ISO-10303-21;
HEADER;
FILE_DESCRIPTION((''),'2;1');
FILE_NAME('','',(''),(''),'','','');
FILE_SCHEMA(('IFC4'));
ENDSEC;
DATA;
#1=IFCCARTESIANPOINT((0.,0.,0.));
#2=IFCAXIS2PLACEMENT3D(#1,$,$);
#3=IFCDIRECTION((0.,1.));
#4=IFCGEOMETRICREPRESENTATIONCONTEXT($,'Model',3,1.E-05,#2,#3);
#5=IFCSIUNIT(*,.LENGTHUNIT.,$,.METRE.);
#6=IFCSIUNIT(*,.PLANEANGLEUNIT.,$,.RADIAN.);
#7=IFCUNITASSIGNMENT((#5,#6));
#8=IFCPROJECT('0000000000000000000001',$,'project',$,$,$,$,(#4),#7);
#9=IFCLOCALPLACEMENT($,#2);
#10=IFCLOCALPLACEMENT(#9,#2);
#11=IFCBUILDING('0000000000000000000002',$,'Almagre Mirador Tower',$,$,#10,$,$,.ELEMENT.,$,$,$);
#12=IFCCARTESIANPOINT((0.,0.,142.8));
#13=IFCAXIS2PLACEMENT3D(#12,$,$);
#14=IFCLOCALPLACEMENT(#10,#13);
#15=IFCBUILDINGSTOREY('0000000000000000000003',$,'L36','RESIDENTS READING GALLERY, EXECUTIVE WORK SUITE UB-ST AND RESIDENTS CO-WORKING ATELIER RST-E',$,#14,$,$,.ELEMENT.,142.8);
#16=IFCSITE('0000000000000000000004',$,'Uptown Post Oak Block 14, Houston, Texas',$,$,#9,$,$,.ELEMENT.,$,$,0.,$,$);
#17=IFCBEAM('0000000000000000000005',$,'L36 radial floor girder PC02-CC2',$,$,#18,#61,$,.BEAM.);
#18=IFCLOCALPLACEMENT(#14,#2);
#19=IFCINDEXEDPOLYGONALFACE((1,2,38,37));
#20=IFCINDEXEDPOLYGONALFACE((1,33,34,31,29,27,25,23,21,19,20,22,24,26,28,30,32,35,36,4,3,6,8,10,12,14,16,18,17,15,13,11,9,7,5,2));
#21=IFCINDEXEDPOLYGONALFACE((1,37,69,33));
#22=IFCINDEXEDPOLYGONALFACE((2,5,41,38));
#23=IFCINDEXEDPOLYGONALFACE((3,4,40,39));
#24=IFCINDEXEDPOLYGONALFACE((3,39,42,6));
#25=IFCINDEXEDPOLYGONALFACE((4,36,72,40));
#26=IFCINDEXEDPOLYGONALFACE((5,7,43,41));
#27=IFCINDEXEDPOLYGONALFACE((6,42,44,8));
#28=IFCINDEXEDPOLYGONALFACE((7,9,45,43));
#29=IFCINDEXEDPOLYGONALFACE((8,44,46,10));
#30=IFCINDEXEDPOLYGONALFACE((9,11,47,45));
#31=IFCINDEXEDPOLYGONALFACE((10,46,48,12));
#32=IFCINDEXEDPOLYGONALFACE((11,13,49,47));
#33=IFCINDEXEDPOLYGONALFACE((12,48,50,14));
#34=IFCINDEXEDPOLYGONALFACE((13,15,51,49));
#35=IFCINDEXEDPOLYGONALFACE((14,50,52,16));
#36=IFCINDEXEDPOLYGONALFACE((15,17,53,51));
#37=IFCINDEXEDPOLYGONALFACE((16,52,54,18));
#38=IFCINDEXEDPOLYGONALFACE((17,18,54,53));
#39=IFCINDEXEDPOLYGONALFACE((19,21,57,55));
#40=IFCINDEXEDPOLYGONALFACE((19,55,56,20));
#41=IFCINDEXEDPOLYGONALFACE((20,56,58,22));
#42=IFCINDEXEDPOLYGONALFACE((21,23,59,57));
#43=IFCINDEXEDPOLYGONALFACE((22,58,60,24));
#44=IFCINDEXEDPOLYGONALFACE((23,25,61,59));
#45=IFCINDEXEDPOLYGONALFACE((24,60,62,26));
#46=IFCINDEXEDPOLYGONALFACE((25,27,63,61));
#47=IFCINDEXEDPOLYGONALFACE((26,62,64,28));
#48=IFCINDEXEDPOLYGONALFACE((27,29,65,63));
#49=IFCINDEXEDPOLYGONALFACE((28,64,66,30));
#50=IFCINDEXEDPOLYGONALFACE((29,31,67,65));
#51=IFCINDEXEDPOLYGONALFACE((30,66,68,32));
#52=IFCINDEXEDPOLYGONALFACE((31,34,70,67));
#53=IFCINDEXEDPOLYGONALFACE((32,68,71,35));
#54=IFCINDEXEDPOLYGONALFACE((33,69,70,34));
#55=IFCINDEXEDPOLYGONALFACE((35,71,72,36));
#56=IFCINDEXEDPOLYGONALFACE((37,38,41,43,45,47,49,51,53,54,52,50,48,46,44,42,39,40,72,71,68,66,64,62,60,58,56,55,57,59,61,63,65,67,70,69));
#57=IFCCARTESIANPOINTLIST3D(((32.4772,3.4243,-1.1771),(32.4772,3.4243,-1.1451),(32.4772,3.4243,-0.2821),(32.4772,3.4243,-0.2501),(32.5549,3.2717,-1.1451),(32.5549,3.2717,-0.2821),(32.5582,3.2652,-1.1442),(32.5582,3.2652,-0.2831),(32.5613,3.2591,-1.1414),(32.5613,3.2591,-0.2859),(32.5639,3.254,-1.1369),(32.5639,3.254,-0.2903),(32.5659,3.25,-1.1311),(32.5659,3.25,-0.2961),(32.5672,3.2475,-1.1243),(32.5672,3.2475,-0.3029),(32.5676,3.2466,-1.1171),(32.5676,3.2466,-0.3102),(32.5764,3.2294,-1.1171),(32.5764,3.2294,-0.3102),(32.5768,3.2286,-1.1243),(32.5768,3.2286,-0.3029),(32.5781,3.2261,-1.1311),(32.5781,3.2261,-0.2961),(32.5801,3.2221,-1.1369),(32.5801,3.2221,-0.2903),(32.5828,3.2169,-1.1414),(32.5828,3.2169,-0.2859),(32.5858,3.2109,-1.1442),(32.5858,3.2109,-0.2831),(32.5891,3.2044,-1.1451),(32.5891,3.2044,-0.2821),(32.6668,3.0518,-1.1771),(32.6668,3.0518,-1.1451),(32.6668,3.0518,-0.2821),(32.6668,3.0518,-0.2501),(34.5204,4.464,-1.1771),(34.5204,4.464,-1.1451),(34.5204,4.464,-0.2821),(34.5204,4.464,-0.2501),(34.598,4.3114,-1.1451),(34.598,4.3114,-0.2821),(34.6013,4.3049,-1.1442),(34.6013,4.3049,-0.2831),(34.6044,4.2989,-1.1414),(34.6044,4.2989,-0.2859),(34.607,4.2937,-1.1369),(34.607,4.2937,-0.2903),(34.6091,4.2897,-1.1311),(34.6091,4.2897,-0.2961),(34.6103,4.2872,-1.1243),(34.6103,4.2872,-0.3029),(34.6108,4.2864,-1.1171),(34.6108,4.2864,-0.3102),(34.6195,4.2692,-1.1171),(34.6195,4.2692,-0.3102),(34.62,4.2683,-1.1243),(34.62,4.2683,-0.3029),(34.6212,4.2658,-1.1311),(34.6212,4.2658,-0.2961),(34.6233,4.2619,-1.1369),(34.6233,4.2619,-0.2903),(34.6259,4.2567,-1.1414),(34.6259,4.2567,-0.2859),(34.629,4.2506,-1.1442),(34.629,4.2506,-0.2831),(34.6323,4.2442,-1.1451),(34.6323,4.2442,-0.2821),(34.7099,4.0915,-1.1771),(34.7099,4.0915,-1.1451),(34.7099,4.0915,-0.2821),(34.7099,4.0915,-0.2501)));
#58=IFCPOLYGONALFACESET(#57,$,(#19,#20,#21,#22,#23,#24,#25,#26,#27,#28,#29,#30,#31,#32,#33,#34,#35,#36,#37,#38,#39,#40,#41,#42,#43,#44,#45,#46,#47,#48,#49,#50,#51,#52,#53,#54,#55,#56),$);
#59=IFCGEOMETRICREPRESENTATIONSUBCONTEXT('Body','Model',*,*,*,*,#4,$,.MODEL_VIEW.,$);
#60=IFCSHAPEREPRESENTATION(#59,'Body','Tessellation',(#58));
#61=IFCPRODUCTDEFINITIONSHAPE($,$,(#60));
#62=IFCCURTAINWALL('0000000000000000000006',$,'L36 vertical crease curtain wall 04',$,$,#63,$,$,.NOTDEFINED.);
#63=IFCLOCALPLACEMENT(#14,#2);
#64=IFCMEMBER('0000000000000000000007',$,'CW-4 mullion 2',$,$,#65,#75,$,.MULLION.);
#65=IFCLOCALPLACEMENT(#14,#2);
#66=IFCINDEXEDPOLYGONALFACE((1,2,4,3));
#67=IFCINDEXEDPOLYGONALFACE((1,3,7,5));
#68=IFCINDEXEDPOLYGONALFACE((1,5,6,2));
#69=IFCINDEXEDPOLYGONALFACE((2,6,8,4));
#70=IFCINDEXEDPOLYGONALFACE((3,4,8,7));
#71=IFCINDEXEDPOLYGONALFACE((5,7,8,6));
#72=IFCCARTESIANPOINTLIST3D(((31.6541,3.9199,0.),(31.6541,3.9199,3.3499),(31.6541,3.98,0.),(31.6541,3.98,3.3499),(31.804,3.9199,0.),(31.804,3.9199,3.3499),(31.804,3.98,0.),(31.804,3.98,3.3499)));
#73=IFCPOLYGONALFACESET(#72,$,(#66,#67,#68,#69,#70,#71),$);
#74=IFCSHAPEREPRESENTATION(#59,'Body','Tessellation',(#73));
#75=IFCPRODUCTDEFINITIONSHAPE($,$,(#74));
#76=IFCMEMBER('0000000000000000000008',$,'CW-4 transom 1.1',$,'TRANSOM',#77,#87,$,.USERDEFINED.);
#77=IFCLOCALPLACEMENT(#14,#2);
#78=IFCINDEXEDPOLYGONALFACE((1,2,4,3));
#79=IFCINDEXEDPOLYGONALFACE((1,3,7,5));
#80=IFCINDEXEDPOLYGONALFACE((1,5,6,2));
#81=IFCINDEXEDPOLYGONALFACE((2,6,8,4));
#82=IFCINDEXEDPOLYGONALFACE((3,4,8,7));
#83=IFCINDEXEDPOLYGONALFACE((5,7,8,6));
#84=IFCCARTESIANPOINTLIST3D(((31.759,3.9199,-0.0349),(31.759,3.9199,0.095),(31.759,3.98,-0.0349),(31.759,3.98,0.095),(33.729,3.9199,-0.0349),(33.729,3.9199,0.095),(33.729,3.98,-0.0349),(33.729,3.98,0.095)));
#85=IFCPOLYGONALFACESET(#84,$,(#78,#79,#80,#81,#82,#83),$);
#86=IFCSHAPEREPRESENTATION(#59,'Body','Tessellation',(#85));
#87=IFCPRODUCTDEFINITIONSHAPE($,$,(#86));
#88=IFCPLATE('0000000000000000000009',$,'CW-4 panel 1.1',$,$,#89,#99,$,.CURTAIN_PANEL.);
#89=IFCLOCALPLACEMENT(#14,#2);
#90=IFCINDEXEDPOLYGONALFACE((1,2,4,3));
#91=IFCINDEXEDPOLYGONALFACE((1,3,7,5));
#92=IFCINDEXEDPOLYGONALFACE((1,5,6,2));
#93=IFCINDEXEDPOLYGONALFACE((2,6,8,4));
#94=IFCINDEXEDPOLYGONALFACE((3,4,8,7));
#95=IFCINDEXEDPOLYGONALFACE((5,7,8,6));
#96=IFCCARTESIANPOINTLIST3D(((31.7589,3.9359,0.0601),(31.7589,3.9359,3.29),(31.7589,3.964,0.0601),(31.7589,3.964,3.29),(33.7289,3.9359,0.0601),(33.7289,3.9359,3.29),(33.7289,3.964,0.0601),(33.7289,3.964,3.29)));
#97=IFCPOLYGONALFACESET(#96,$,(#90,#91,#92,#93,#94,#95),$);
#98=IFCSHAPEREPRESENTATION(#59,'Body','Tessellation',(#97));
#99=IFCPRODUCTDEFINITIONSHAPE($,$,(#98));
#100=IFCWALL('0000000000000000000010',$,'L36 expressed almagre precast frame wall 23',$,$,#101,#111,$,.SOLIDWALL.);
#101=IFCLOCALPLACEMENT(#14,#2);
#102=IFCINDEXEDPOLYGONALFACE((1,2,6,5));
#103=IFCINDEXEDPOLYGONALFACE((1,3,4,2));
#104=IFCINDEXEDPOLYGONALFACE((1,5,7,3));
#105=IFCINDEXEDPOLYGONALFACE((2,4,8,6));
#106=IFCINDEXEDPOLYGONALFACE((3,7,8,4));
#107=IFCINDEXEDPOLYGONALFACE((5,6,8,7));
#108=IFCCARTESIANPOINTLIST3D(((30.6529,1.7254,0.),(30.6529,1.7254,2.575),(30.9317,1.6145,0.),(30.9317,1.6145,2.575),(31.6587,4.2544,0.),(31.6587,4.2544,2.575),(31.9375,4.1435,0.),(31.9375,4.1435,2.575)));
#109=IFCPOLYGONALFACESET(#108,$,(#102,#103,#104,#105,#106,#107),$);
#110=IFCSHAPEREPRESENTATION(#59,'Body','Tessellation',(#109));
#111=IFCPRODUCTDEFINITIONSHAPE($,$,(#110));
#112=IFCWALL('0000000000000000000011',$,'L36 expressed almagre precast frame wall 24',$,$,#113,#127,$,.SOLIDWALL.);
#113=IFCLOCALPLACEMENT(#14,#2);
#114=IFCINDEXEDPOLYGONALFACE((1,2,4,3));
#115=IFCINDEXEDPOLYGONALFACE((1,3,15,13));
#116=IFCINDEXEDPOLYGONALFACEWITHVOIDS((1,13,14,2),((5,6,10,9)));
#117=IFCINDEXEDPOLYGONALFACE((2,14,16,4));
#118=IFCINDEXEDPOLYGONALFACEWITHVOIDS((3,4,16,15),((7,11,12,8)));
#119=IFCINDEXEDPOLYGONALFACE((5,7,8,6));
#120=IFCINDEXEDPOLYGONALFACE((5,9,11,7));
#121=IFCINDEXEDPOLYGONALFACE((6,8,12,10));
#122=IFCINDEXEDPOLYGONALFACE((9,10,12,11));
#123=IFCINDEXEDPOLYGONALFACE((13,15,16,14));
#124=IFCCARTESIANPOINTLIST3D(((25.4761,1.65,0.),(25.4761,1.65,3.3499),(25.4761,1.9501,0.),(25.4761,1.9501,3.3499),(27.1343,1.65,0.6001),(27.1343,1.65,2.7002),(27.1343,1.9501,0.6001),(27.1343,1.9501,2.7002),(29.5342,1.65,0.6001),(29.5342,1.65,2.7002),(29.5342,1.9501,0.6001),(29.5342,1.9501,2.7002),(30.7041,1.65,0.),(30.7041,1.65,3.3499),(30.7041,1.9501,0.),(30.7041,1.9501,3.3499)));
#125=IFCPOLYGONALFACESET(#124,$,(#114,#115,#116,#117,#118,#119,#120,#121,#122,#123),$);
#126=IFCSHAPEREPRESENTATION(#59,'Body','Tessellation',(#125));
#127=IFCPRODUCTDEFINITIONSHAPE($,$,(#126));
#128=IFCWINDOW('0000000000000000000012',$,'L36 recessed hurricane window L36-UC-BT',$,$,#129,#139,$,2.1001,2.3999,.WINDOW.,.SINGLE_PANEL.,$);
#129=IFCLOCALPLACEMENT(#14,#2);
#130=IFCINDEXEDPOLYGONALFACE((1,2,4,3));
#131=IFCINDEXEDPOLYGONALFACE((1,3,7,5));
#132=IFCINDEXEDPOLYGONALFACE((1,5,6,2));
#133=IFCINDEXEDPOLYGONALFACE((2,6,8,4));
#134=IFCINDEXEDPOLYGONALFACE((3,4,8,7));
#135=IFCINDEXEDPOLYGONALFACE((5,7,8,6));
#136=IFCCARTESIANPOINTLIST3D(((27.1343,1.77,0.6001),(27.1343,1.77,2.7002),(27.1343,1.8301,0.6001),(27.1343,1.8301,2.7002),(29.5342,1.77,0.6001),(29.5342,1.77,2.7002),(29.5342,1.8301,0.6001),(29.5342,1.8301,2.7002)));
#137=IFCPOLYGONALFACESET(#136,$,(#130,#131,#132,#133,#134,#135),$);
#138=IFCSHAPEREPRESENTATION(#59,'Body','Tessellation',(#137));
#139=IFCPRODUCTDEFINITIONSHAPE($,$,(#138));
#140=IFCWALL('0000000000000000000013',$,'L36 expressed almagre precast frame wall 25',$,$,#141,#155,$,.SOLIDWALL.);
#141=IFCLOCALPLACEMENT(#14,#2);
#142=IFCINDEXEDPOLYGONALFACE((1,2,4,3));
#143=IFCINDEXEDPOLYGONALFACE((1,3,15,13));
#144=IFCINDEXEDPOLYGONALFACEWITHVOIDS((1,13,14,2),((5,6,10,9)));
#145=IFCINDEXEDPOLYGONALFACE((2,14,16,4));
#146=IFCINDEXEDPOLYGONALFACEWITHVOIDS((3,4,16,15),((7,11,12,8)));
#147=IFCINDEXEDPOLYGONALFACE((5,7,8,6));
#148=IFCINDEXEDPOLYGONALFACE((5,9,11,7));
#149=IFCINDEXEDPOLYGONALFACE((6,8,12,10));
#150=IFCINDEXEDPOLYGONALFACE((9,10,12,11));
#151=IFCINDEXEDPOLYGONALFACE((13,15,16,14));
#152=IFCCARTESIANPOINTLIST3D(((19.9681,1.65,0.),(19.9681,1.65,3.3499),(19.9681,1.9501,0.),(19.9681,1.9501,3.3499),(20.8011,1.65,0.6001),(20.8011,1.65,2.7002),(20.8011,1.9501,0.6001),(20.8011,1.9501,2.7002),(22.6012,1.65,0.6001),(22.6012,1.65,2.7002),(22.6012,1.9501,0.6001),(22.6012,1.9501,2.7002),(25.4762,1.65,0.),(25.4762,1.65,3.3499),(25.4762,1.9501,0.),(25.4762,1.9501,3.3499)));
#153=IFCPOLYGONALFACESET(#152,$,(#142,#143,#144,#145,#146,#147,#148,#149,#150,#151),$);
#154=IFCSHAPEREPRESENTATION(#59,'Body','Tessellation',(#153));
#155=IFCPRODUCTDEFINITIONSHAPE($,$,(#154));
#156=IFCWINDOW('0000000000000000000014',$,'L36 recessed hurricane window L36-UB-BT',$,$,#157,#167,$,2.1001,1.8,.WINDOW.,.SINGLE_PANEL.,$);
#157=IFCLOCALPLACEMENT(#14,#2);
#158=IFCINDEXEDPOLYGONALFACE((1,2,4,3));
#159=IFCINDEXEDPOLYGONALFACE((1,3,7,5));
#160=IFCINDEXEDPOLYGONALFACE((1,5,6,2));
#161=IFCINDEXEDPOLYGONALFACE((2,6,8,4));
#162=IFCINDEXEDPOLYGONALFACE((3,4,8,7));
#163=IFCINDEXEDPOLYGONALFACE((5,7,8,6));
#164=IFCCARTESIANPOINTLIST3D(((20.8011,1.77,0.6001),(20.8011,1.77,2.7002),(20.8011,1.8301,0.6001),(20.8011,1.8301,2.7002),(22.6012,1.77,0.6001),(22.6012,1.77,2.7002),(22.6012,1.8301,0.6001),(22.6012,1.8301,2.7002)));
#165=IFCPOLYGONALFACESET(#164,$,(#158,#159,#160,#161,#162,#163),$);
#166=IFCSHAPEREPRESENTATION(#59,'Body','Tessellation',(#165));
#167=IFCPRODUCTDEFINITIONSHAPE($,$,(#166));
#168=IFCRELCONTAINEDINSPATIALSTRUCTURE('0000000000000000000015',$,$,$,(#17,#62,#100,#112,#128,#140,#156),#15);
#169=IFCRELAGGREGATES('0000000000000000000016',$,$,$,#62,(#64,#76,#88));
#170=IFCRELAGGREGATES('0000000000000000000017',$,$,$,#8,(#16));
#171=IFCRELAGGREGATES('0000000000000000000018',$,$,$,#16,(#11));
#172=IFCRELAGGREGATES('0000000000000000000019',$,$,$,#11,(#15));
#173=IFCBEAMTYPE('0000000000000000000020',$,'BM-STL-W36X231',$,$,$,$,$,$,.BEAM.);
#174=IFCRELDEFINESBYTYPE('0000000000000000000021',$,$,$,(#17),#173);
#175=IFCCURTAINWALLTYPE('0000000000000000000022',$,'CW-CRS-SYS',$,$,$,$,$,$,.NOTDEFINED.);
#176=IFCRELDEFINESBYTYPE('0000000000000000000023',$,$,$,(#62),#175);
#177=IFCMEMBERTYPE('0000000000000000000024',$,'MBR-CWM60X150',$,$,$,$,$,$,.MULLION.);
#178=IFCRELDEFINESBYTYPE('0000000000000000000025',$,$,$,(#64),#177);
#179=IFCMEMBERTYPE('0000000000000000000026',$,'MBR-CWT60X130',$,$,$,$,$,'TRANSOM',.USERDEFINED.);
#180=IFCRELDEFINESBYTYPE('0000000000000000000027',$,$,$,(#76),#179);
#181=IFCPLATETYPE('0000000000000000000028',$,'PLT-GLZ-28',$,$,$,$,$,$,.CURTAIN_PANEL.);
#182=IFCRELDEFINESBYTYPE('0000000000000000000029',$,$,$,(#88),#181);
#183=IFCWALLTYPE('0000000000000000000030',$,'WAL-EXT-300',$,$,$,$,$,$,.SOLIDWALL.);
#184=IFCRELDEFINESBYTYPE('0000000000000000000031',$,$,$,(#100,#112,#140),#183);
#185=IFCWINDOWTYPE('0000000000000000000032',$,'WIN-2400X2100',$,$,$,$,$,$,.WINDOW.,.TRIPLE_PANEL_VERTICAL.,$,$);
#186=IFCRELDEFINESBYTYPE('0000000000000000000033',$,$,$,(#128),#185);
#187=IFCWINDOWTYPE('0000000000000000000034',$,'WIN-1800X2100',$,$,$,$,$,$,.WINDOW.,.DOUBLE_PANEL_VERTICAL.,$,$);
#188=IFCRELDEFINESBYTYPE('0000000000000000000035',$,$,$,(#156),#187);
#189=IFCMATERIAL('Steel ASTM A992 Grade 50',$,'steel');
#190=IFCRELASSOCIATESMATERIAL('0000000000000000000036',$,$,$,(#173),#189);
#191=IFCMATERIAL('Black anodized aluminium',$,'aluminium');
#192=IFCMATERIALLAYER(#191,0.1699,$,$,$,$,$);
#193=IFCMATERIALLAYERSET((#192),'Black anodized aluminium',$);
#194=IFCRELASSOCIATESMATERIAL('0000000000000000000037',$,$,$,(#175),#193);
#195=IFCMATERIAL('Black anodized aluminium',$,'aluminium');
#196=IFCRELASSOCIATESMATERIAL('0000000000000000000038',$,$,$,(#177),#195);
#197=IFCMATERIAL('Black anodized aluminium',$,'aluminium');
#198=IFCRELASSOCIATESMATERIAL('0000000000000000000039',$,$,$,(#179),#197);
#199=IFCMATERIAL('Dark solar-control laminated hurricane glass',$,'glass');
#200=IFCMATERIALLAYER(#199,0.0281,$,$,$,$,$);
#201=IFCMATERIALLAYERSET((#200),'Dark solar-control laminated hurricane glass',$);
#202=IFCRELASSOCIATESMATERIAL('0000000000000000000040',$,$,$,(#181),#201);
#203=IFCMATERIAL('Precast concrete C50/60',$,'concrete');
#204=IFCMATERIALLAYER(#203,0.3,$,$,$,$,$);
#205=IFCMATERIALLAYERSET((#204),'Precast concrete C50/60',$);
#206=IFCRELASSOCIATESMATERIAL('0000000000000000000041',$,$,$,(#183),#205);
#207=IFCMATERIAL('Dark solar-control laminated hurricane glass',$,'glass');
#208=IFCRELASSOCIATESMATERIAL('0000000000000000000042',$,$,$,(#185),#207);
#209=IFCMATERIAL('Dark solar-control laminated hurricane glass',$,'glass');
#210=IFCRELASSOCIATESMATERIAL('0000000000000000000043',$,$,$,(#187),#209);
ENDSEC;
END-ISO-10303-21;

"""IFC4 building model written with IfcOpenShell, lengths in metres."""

from ifc_helpers import new_model, si_unit, direction, frame, frame_2d, origin, origin_2d, place, context, subcontext, project, spatial, rectangle, i_section, extrude, material, layer, layer_set, material_profile, profile_set, type_object, element, fill, aggregate, save


model = new_model("IFC4")

# Units and contexts
model_context = context("Model", 3, precision=1e-05, world=origin(), true_north=direction((0.0, 1.0)))
body_context = subcontext(model_context, "Body", "Model", "MODEL_VIEW")
ifc_project = project(units=[si_unit("LENGTHUNIT", "METRE"), si_unit("PLANEANGLEUNIT", "RADIAN")], contexts=[model_context])

# Site, building, storey
site_placement = place(None, origin())
site = spatial("IfcSite", under=ifc_project, at=site_placement, Name="Uptown Post Oak Block 14, Houston, Texas", CompositionType="ELEMENT", RefElevation=0.0)
building_placement = place(site_placement, origin())
building = spatial("IfcBuilding", under=site, at=building_placement, Name="Almagre Mirador Tower", CompositionType="ELEMENT")
storey_placement = place(building_placement, frame((0.0, 0.0, 142.8)))
storey = spatial("IfcBuildingStorey", under=building, at=storey_placement, Name="L36", Description="RESIDENTS READING GALLERY, EXECUTIVE WORK SUITE UB-ST AND RESIDENTS CO-WORKING ATELIER RST-E", CompositionType="ELEMENT", Elevation=142.8)

# Beam
ifc_material_1 = material(Name="Steel ASTM A992 Grade 50", Category="steel")
ifc_material_profile_1 = material_profile(ifc_material_1, i_section(OverallWidth=0.418, OverallDepth=0.927, WebThickness=0.0193, FlangeThickness=0.032, FilletRadius=0.0281, at=origin_2d()), Name="W36X231")
ifc_profile_set_1 = profile_set([ifc_material_profile_1], Name="Steel ASTM A992 Grade 50")
beam_type_1 = type_object("IfcBeamType", Name="BM-STL-W36X231", PredefinedType="BEAM", material=ifc_profile_set_1)
beam_1_placement = place(storey_placement, frame((32.572, 3.238, -0.7136), z_axis=(0.891231, 0.453549, 0.0), x_axis=(-0.453549, 0.891231, 0.0)))
element("IfcBeam", 1, at=beam_1_placement, inside=storey, type_object=beam_type_1, Name="L36 radial floor girder PC02-CC2", PredefinedType="BEAM", context=body_context, shape_type="SweptSolid", body=[
    extrude(i_section(OverallWidth=0.418, OverallDepth=0.927, WebThickness=0.0193, FlangeThickness=0.032, FilletRadius=0.0281, at=origin_2d()), origin(), (0.0, 0.0, 1.0), 2.2925),
])

# Curtain wall, members, plate
ifc_material_2 = material(Name="Black anodized aluminium", Category="aluminium")
ifc_layer_1 = layer(ifc_material_2, 0.1699)
ifc_layer_set_1 = layer_set([ifc_layer_1], Name="Black anodized aluminium")
curtain_wall_type = type_object("IfcCurtainWallType", Name="CW-CRS-SYS", PredefinedType="NOTDEFINED", material=ifc_layer_set_1)
curtain_wall_placement = place(storey_placement, origin())
curtain_wall = element("IfcCurtainWall", 2, at=curtain_wall_placement, inside=storey, type_object=curtain_wall_type, Name="L36 vertical crease curtain wall 04", PredefinedType="NOTDEFINED")
ifc_material_3 = material(Name="Black anodized aluminium", Category="aluminium")
ifc_material_profile_2 = material_profile(ifc_material_3, rectangle(XDim=0.0601, YDim=0.1499, at=origin_2d()), Name="CWM60X150")
ifc_profile_set_2 = profile_set([ifc_material_profile_2], Name="Black anodized aluminium")
member_type_1 = type_object("IfcMemberType", Name="MBR-CWM60X150", PredefinedType="MULLION", material=ifc_profile_set_2)
member_1_placement = place(storey_placement, frame((31.729, 3.95, 0.0), z_axis=(0.0, 0.0, 1.0), x_axis=(0.0, -1.0, 0.0)))
member_1 = element("IfcMember", 3, at=member_1_placement, type_object=member_type_1, Name="CW-4 mullion 2", PredefinedType="MULLION", context=body_context, shape_type="SweptSolid", body=[
    extrude(rectangle(XDim=0.0601, YDim=0.1499, at=origin_2d()), origin(), (0.0, 0.0, 1.0), 3.3499),
])
ifc_material_4 = material(Name="Black anodized aluminium", Category="aluminium")
ifc_material_profile_3 = material_profile(ifc_material_4, rectangle(XDim=0.0601, YDim=0.1299, at=origin_2d()), Name="CWT60X130")
ifc_profile_set_3 = profile_set([ifc_material_profile_3], Name="Black anodized aluminium")
member_type_2 = type_object("IfcMemberType", Name="MBR-CWT60X130", ElementType="TRANSOM", PredefinedType="USERDEFINED", material=ifc_profile_set_3)
member_2_placement = place(storey_placement, frame((33.729, 3.95, 0.03), z_axis=(-1.0, 0.0, 0.0), x_axis=(0.0, -1.0, 0.0)))
member_2 = element("IfcMember", 4, at=member_2_placement, type_object=member_type_2, Name="CW-4 transom 1.1", ObjectType="TRANSOM", PredefinedType="USERDEFINED", context=body_context, shape_type="SweptSolid", body=[
    extrude(rectangle(XDim=0.0601, YDim=0.1299, at=origin_2d()), origin(), (0.0, 0.0, 1.0), 1.97),
])
ifc_material_5 = material(Name="Dark solar-control laminated hurricane glass", Category="glass")
ifc_layer_2 = layer(ifc_material_5, 0.0281)
ifc_layer_set_2 = layer_set([ifc_layer_2], Name="Dark solar-control laminated hurricane glass")
plate_type = type_object("IfcPlateType", Name="PLT-GLZ-28", PredefinedType="CURTAIN_PANEL", material=ifc_layer_set_2)
plate_placement = place(storey_placement, frame((32.7439, 3.95, 0.0601), z_axis=(0.0, 0.0, 1.0), x_axis=(-1.0, 0.0, 0.0)))
plate = element("IfcPlate", 5, at=plate_placement, type_object=plate_type, Name="CW-4 panel 1.1", PredefinedType="CURTAIN_PANEL", context=body_context, shape_type="SweptSolid", body=[
    extrude(rectangle(XDim=1.97, YDim=0.0281, at=origin_2d()), origin(), (0.0, 0.0, 1.0), 3.23),
])
aggregate(curtain_wall, [member_1, member_2, plate])

# Wall
ifc_material_6 = material(Name="Precast concrete C50/60", Category="concrete")
ifc_layer_3 = layer(ifc_material_6, 0.3)
ifc_layer_set_3 = layer_set([ifc_layer_3], Name="Precast concrete C50/60")
wall_type_1 = type_object("IfcWallType", Name="WAL-EXT-300", PredefinedType="SOLIDWALL", material=ifc_layer_set_3)
wall_1_placement = place(storey_placement, frame((31.7981, 4.199, 0.0), z_axis=(0.0, 0.0, 1.0), x_axis=(-0.369565, -0.929205, 0.0)))
element("IfcWall", 6, at=wall_1_placement, inside=storey, type_object=wall_type_1, Name="L36 expressed almagre precast frame wall 23", PredefinedType="SOLIDWALL", context=body_context, shape_type="SweptSolid", body=[
    extrude(rectangle(XDim=2.7217, YDim=0.3, at=frame_2d((1.3608, 0.0))), origin(), (0.0, 0.0, 1.0), 2.575),
])

# Walls, openings, windows
wall_2_placement = place(storey_placement, frame((30.7041, 1.8, 0.0), z_axis=(0.0, 0.0, 1.0), x_axis=(-1.0, 0.0, 0.0)))
wall_2 = element("IfcWall", 7, at=wall_2_placement, inside=storey, type_object=wall_type_1, Name="L36 expressed almagre precast frame wall 24", PredefinedType="SOLIDWALL", context=body_context, shape_type="SweptSolid", body=[
    extrude(rectangle(XDim=5.228, YDim=0.3, at=frame_2d((2.614, 0.0))), origin(), (0.0, 0.0, 1.0), 3.3499),
])
opening_1_placement = place(wall_2_placement, frame((1.1699, 0.0, 0.6001)))
opening_1 = element("IfcOpeningElement", 8, at=opening_1_placement, cuts=wall_2, PredefinedType="OPENING", context=body_context, shape_type="SweptSolid", body=[
    extrude(rectangle(XDim=2.3999, YDim=2.1001, at=frame_2d((1.2, 1.05))), frame((0.0, 0.1599, 0.0), z_axis=(0.0, -1.0, 0.0), x_axis=(1.0, 0.0, 0.0)), (0.0, 0.0, 1.0), 0.32),
])
ifc_material_7 = material(Name="Dark solar-control laminated hurricane glass", Category="glass")
window_type_1 = type_object("IfcWindowType", Name="WIN-2400X2100", PartitioningType="TRIPLE_PANEL_VERTICAL", PredefinedType="WINDOW", material=ifc_material_7)
window_1_placement = place(opening_1_placement, origin())
window_1 = element("IfcWindow", 9, at=window_1_placement, inside=storey, type_object=window_type_1, Name="L36 recessed hurricane window L36-UC-BT", OverallHeight=2.1001, OverallWidth=2.3999, PartitioningType="SINGLE_PANEL", PredefinedType="WINDOW", context=body_context, shape_type="SweptSolid", body=[
    extrude(rectangle(XDim=2.3999, YDim=2.1001, at=frame_2d((1.2, 1.05))), frame((0.0, 0.03, 0.0), z_axis=(0.0, -1.0, 0.0), x_axis=(1.0, 0.0, 0.0)), (0.0, 0.0, 1.0), 0.0601),
])
fill(opening_1, window_1)
wall_3_placement = place(storey_placement, frame((25.4761, 1.8, 0.0), z_axis=(0.0, 0.0, 1.0), x_axis=(-1.0, 0.0, 0.0)))
wall_3 = element("IfcWall", 10, at=wall_3_placement, inside=storey, type_object=wall_type_1, Name="L36 expressed almagre precast frame wall 25", PredefinedType="SOLIDWALL", context=body_context, shape_type="SweptSolid", body=[
    extrude(rectangle(XDim=5.5081, YDim=0.3, at=frame_2d((2.7539, 0.0))), origin(), (0.0, 0.0, 1.0), 3.3499),
])
opening_2_placement = place(wall_3_placement, frame((2.875, 0.0, 0.6001)))
opening_2 = element("IfcOpeningElement", 11, at=opening_2_placement, cuts=wall_3, PredefinedType="OPENING", context=body_context, shape_type="SweptSolid", body=[
    extrude(rectangle(XDim=1.8, YDim=2.1001, at=frame_2d((0.8999, 1.05))), frame((0.0, 0.1599, 0.0), z_axis=(0.0, -1.0, 0.0), x_axis=(1.0, 0.0, 0.0)), (0.0, 0.0, 1.0), 0.32),
])
ifc_material_8 = material(Name="Dark solar-control laminated hurricane glass", Category="glass")
window_type_2 = type_object("IfcWindowType", Name="WIN-1800X2100", PartitioningType="DOUBLE_PANEL_VERTICAL", PredefinedType="WINDOW", material=ifc_material_8)
window_2_placement = place(opening_2_placement, origin())
window_2 = element("IfcWindow", 12, at=window_2_placement, inside=storey, type_object=window_type_2, Name="L36 recessed hurricane window L36-UB-BT", OverallHeight=2.1001, OverallWidth=1.8, PartitioningType="SINGLE_PANEL", PredefinedType="WINDOW", context=body_context, shape_type="SweptSolid", body=[
    extrude(rectangle(XDim=1.8, YDim=2.1001, at=frame_2d((0.8999, 1.05))), frame((0.0, 0.03, 0.0), z_axis=(0.0, -1.0, 0.0), x_axis=(1.0, 0.0, 0.0)), (0.0, 0.0, 1.0), 0.0601),
])
fill(opening_2, window_2)

save(model, "model.ifc")
